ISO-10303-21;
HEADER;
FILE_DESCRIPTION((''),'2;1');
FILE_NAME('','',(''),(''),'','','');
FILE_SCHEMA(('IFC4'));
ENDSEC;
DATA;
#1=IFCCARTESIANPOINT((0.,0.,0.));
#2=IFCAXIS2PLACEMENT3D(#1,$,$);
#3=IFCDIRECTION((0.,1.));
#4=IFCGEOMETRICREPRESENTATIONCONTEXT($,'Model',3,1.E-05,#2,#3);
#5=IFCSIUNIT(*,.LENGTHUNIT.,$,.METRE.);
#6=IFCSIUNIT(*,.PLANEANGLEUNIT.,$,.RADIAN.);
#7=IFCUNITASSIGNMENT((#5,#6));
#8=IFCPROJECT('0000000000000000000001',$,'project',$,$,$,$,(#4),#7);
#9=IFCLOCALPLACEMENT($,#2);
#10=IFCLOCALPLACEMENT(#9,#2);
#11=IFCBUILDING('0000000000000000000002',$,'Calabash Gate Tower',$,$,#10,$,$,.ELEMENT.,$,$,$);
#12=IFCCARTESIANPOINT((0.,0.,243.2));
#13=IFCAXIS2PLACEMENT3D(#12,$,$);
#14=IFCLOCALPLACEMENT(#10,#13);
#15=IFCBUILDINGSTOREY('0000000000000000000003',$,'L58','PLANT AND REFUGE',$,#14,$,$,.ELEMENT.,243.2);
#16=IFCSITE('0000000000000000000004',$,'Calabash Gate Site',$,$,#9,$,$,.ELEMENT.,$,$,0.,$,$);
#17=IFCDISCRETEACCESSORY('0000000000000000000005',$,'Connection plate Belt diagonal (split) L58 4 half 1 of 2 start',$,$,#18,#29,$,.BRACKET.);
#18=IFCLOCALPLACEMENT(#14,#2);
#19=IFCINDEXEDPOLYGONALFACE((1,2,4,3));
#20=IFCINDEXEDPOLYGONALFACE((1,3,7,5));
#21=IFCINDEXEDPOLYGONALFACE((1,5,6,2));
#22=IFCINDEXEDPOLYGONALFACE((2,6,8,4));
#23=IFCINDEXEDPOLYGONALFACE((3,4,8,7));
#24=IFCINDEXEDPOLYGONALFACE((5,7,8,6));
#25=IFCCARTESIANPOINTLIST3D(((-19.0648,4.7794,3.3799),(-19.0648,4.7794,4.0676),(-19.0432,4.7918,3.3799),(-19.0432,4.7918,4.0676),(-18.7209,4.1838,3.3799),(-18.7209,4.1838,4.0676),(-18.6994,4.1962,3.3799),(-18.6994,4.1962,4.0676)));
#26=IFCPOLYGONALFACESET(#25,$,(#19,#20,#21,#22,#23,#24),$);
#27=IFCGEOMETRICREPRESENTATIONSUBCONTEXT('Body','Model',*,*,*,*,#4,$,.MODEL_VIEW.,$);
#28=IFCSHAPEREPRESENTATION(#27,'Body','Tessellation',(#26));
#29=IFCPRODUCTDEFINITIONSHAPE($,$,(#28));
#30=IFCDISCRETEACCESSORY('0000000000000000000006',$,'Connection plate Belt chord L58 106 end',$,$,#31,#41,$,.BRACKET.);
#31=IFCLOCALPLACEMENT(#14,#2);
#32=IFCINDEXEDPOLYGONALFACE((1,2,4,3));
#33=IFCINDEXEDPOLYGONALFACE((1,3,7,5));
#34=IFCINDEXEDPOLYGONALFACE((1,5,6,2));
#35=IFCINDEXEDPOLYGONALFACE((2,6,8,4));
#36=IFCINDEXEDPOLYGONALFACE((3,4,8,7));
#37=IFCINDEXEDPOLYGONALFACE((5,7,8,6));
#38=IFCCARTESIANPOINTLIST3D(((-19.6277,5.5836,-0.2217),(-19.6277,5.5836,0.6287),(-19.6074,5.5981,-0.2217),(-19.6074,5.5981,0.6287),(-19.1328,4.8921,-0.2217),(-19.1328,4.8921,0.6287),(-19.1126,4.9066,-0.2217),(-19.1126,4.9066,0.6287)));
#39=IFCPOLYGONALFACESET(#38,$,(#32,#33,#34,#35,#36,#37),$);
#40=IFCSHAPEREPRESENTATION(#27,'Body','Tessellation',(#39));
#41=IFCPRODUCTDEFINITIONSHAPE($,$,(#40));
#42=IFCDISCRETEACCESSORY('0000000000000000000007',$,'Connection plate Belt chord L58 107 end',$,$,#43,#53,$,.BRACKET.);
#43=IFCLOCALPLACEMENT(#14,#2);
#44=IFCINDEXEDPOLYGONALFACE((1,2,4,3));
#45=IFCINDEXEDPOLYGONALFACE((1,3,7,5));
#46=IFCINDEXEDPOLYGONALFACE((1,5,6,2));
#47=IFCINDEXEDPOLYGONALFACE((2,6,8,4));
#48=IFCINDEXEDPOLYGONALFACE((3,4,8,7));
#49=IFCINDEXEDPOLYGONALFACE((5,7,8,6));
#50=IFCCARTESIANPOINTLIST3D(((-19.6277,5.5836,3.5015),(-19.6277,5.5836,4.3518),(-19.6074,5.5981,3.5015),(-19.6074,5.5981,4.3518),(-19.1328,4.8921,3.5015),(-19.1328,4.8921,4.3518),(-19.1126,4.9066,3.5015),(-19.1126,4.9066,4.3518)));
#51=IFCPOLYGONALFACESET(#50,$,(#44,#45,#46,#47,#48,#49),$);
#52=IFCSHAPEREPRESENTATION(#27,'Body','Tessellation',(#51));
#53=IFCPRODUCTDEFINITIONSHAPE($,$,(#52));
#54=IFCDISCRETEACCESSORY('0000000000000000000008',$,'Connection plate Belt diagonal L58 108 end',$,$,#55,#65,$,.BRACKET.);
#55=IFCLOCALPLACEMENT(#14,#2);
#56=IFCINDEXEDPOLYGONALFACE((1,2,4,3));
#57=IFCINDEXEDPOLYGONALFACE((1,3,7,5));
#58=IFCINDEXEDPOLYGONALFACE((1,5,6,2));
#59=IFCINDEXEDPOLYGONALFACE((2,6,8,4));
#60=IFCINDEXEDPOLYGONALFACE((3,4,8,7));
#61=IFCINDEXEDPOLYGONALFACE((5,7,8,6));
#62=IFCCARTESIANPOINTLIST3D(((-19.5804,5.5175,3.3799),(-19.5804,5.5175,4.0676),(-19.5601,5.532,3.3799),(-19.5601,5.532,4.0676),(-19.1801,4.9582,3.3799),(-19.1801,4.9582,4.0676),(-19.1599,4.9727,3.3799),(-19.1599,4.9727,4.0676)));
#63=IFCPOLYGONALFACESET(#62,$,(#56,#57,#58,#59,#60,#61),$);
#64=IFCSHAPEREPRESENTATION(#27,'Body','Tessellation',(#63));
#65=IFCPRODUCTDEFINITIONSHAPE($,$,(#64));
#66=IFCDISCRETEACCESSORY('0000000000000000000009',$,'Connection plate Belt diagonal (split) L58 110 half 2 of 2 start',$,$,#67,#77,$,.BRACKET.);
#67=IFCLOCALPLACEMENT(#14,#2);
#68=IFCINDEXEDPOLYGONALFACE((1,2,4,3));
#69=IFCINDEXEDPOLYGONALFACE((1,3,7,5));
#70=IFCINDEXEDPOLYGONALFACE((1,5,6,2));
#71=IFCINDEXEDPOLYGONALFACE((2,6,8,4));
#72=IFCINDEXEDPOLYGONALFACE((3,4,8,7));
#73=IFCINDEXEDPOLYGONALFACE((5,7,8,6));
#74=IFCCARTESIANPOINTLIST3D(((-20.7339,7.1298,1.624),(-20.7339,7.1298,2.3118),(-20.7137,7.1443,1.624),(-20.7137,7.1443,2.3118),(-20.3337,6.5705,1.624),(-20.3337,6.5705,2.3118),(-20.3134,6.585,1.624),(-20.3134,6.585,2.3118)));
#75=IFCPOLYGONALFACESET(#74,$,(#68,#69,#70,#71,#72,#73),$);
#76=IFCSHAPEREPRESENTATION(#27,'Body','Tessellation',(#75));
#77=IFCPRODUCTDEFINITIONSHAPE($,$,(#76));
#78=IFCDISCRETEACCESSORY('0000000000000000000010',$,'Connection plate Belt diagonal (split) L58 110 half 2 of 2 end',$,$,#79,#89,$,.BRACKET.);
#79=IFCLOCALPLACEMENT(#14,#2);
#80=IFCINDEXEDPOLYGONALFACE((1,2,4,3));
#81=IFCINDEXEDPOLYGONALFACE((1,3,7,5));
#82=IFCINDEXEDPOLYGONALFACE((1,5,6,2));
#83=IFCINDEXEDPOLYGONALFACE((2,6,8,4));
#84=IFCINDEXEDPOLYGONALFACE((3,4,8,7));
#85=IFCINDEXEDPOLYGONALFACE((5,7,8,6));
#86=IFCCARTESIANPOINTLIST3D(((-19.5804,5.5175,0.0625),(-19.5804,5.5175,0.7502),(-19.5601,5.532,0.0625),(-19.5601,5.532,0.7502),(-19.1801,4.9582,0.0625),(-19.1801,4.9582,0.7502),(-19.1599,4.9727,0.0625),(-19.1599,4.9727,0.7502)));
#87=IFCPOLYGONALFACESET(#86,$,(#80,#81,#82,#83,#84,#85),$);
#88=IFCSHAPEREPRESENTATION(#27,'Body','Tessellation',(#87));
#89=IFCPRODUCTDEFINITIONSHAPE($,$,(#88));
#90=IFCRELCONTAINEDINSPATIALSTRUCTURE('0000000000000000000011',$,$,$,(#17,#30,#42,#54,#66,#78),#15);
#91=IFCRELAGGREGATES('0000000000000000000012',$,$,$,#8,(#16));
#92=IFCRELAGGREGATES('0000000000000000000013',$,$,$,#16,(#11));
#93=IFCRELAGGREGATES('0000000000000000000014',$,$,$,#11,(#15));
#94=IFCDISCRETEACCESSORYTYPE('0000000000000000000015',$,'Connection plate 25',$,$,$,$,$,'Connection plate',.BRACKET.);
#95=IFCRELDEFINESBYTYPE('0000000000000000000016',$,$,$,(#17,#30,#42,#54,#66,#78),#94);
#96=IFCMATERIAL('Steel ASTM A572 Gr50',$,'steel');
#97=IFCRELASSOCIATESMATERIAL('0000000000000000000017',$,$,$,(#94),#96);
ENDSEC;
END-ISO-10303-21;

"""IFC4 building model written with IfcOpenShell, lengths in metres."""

from ifc_helpers import new_model, si_unit, direction, frame, origin, origin_2d, place, context, subcontext, project, spatial, rectangle, extrude, material, type_object, element, save


model = new_model("IFC4")

# Units and contexts
model_context = context("Model", 3, precision=1e-05, world=origin(), true_north=direction((0.0, 1.0)))
body_context = subcontext(model_context, "Body", "Model", "MODEL_VIEW")
ifc_project = project(units=[si_unit("LENGTHUNIT", "METRE"), si_unit("PLANEANGLEUNIT", "RADIAN")], contexts=[model_context])

# Site, building, storey
site_placement = place(None, origin())
site = spatial("IfcSite", under=ifc_project, at=site_placement, Name="Calabash Gate Site", CompositionType="ELEMENT", RefElevation=0.0)
building_placement = place(site_placement, origin())
building = spatial("IfcBuilding", under=site, at=building_placement, Name="Calabash Gate Tower", CompositionType="ELEMENT")
storey_placement = place(building_placement, frame((0.0, 0.0, 243.2)))
storey = spatial("IfcBuildingStorey", under=building, at=storey_placement, Name="L58", Description="PLANT AND REFUGE", CompositionType="ELEMENT", Elevation=243.2)

# Discrete accessories
ifc_material_1 = material(Name="Steel ASTM A572 Gr50", Category="steel")
discrete_accessory_type = type_object("IfcDiscreteAccessoryType", Name="Connection plate 25", ElementType="Connection plate", PredefinedType="BRACKET", material=ifc_material_1)
discrete_accessory_1_placement = place(storey_placement, frame((-18.8821, 4.4878, 3.3799), z_axis=(0.0, 0.0, 1.0), x_axis=(0.5, -0.866025, 0.0)))
element("IfcDiscreteAccessory", 1, at=discrete_accessory_1_placement, inside=storey, type_object=discrete_accessory_type, Name="Connection plate Belt diagonal (split) L58 4 half 1 of 2 start", PredefinedType="BRACKET", context=body_context, shape_type="SweptSolid", body=[
    extrude(rectangle(XDim=0.6877, YDim=0.0249, at=origin_2d()), origin(), (0.0, 0.0, 1.0), 0.6877),
])
for number, where, z_axis, x_axis, name in (
    (2, (-19.3701, 5.2451, -0.2217), (0.0, 0.0, 1.0), (0.581968, -0.813212, 0.0), "Connection plate Belt chord L58 106 end"),
    (3, (-19.3701, 5.2451, 3.5015), (0.0, 0.0, 1.0), (0.581968, -0.813212, 0.0), "Connection plate Belt chord L58 107 end"),
):
    element("IfcDiscreteAccessory", number, at=place(storey_placement, frame(where, z_axis=z_axis, x_axis=x_axis)), inside=storey, type_object=discrete_accessory_type, Name=name, PredefinedType="BRACKET", context=body_context, shape_type="SweptSolid", body=[
        extrude(rectangle(XDim=0.8503, YDim=0.0249, at=origin_2d()), origin(), (0.0, 0.0, 1.0), 0.8503),
    ])
for number, where, z_axis, x_axis, name in (
    (4, (-19.3701, 5.2451, 3.3799), (0.0, 0.0, 1.0), (0.581968, -0.813212, 0.0), "Connection plate Belt diagonal L58 108 end"),
    (5, (-20.5237, 6.8574, 1.624), (0.0, 0.0, 1.0), (0.581968, -0.813212, 0.0), "Connection plate Belt diagonal (split) L58 110 half 2 of 2 start"),
    (6, (-19.3701, 5.2451, 0.0625), (0.0, 0.0, 1.0), (0.581968, -0.813212, 0.0), "Connection plate Belt diagonal (split) L58 110 half 2 of 2 end"),
):
    element("IfcDiscreteAccessory", number, at=place(storey_placement, frame(where, z_axis=z_axis, x_axis=x_axis)), inside=storey, type_object=discrete_accessory_type, Name=name, PredefinedType="BRACKET", context=body_context, shape_type="SweptSolid", body=[
        extrude(rectangle(XDim=0.6877, YDim=0.0249, at=origin_2d()), origin(), (0.0, 0.0, 1.0), 0.6877),
    ])

save(model, "model.ifc")
